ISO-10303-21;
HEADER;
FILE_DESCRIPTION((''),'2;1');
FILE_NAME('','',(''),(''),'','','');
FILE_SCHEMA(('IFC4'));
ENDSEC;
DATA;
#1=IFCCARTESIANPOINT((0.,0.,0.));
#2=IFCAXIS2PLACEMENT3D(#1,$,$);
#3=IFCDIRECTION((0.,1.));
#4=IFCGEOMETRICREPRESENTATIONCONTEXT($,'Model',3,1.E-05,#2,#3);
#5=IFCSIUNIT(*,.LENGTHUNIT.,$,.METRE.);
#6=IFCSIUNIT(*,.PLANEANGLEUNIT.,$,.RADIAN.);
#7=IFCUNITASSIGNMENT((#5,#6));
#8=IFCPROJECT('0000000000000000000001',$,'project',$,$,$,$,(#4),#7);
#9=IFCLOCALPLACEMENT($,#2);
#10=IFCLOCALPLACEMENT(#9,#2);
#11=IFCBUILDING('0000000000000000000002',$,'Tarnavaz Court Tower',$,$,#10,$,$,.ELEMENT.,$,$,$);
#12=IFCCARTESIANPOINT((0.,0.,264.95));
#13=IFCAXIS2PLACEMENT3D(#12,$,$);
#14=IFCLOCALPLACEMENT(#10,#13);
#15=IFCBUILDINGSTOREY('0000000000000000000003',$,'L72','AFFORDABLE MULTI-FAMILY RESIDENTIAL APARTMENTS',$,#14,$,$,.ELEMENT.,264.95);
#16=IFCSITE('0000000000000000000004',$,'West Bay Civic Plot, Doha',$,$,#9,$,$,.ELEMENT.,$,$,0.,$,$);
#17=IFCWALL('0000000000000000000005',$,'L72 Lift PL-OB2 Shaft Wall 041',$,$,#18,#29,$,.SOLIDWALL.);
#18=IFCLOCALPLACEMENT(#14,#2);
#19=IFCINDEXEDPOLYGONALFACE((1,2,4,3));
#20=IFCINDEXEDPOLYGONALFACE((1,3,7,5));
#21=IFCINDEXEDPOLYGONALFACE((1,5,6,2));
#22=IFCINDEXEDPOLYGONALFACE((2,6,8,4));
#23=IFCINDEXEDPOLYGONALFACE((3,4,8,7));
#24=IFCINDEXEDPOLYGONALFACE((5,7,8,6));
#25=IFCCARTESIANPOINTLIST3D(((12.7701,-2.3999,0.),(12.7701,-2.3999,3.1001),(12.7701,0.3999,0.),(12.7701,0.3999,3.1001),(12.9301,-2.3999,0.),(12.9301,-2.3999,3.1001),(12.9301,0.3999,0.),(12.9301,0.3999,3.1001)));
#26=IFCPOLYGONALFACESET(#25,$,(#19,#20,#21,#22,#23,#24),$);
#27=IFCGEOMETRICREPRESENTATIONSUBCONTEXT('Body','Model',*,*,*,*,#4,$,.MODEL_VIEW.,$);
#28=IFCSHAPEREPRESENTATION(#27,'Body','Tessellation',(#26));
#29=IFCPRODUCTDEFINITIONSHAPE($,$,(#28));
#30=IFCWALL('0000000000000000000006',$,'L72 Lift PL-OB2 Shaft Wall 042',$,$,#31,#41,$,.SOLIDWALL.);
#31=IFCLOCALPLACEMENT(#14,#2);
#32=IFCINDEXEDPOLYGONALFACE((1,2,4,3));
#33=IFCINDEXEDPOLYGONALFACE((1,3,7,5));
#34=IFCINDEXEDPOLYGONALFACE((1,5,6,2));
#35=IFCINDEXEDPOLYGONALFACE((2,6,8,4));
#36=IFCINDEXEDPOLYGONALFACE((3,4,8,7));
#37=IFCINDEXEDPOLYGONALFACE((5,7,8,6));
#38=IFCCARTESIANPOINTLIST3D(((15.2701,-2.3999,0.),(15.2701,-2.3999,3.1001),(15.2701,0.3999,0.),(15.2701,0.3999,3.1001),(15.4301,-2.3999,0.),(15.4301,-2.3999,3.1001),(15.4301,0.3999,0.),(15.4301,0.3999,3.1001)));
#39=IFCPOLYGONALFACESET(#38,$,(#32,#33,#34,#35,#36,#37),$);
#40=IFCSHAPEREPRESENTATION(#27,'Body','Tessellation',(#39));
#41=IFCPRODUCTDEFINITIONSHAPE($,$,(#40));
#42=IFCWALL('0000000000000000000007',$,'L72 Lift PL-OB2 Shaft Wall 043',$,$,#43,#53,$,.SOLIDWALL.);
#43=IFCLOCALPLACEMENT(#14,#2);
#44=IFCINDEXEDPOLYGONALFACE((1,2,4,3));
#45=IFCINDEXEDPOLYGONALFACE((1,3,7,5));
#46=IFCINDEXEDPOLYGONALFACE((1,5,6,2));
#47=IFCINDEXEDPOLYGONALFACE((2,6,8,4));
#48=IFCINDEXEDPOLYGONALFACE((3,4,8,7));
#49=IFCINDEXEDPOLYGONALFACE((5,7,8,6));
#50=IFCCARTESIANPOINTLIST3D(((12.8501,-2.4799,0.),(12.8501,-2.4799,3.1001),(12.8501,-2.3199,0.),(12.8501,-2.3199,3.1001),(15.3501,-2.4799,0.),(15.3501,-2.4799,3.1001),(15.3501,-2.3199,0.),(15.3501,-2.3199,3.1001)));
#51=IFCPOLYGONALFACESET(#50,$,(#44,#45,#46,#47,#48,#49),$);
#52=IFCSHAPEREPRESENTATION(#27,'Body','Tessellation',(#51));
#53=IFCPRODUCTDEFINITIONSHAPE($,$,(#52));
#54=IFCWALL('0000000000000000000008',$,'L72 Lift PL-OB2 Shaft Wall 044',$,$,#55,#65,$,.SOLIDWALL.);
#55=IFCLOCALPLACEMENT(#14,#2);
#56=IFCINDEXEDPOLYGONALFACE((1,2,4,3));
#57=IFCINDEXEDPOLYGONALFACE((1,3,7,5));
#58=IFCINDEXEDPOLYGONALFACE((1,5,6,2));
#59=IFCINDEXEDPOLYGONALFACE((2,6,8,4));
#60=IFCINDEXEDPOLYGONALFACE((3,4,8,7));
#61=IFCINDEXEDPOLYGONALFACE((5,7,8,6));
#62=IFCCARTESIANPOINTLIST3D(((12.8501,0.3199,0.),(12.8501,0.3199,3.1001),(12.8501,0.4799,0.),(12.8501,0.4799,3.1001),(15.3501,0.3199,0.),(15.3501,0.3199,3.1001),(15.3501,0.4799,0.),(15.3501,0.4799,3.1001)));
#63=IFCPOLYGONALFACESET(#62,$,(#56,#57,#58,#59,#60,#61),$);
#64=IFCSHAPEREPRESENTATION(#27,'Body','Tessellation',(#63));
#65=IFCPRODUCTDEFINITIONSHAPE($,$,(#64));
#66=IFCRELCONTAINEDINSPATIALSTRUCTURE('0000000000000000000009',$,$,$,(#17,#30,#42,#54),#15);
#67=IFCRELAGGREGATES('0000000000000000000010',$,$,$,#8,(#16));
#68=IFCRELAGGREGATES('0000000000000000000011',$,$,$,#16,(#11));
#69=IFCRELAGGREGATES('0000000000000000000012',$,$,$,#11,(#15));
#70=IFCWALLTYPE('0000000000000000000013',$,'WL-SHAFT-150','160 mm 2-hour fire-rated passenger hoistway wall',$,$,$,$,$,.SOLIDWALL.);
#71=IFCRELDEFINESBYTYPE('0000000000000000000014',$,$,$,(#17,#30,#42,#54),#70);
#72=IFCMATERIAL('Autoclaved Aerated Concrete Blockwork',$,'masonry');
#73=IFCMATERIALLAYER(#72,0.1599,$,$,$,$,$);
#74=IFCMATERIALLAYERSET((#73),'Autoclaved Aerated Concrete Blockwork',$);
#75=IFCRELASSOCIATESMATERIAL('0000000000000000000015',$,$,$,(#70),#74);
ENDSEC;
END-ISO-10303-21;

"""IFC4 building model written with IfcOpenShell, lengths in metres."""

from ifc_helpers import new_model, si_unit, direction, frame, frame_2d, origin, place, context, subcontext, project, spatial, rectangle, extrude, material, layer, layer_set, type_object, element, save


model = new_model("IFC4")

# Units and contexts
model_context = context("Model", 3, precision=1e-05, world=origin(), true_north=direction((0.0, 1.0)))
body_context = subcontext(model_context, "Body", "Model", "MODEL_VIEW")
ifc_project = project(units=[si_unit("LENGTHUNIT", "METRE"), si_unit("PLANEANGLEUNIT", "RADIAN")], contexts=[model_context])

# Site, building, storey
site_placement = place(None, origin())
site = spatial("IfcSite", under=ifc_project, at=site_placement, Name="West Bay Civic Plot, Doha", CompositionType="ELEMENT", RefElevation=0.0)
building_placement = place(site_placement, origin())
building = spatial("IfcBuilding", under=site, at=building_placement, Name="Tarnavaz Court Tower", CompositionType="ELEMENT")
storey_placement = place(building_placement, frame((0.0, 0.0, 264.95)))
storey = spatial("IfcBuildingStorey", under=building, at=storey_placement, Name="L72", Description="AFFORDABLE MULTI-FAMILY RESIDENTIAL APARTMENTS", CompositionType="ELEMENT", Elevation=264.95)

# Walls
ifc_material_1 = material(Name="Autoclaved Aerated Concrete Blockwork", Category="masonry")
ifc_layer_1 = layer(ifc_material_1, 0.1599)
ifc_layer_set_1 = layer_set([ifc_layer_1], Name="Autoclaved Aerated Concrete Blockwork")
wall_type_1 = type_object("IfcWallType", Name="WL-SHAFT-150", Description="160 mm 2-hour fire-rated passenger hoistway wall", PredefinedType="SOLIDWALL", material=ifc_layer_set_1)
for number, where, z_axis, x_axis, name in (
    (1, (12.8501, -2.3999, 0.0), (0.0, 0.0, 1.0), (0.0, 1.0, 0.0), "L72 Lift PL-OB2 Shaft Wall 041"),
    (2, (15.3501, -2.3999, 0.0), (0.0, 0.0, 1.0), (0.0, 1.0, 0.0), "L72 Lift PL-OB2 Shaft Wall 042"),
):
    element("IfcWall", number, at=place(storey_placement, frame(where, z_axis=z_axis, x_axis=x_axis)), inside=storey, type_object=wall_type_1, Name=name, PredefinedType="SOLIDWALL", context=body_context, shape_type="SweptSolid", body=[
        extrude(rectangle(XDim=2.7998, YDim=0.1599, at=frame_2d((1.3999, 0.0))), origin(), (0.0, 0.0, 1.0), 3.1001),
    ])
for number, where, z_axis, x_axis, name in (
    (3, (12.8501, -2.3999, 0.0), (0.0, 0.0, 1.0), (1.0, 0.0, 0.0), "L72 Lift PL-OB2 Shaft Wall 043"),
    (4, (12.8501, 0.3999, 0.0), (0.0, 0.0, 1.0), (1.0, 0.0, 0.0), "L72 Lift PL-OB2 Shaft Wall 044"),
):
    element("IfcWall", number, at=place(storey_placement, frame(where, z_axis=z_axis, x_axis=x_axis)), inside=storey, type_object=wall_type_1, Name=name, PredefinedType="SOLIDWALL", context=body_context, shape_type="SweptSolid", body=[
        extrude(rectangle(XDim=2.5, YDim=0.1599, at=frame_2d((1.25, 0.0))), origin(), (0.0, 0.0, 1.0), 3.1001),
    ])

save(model, "model.ifc")
